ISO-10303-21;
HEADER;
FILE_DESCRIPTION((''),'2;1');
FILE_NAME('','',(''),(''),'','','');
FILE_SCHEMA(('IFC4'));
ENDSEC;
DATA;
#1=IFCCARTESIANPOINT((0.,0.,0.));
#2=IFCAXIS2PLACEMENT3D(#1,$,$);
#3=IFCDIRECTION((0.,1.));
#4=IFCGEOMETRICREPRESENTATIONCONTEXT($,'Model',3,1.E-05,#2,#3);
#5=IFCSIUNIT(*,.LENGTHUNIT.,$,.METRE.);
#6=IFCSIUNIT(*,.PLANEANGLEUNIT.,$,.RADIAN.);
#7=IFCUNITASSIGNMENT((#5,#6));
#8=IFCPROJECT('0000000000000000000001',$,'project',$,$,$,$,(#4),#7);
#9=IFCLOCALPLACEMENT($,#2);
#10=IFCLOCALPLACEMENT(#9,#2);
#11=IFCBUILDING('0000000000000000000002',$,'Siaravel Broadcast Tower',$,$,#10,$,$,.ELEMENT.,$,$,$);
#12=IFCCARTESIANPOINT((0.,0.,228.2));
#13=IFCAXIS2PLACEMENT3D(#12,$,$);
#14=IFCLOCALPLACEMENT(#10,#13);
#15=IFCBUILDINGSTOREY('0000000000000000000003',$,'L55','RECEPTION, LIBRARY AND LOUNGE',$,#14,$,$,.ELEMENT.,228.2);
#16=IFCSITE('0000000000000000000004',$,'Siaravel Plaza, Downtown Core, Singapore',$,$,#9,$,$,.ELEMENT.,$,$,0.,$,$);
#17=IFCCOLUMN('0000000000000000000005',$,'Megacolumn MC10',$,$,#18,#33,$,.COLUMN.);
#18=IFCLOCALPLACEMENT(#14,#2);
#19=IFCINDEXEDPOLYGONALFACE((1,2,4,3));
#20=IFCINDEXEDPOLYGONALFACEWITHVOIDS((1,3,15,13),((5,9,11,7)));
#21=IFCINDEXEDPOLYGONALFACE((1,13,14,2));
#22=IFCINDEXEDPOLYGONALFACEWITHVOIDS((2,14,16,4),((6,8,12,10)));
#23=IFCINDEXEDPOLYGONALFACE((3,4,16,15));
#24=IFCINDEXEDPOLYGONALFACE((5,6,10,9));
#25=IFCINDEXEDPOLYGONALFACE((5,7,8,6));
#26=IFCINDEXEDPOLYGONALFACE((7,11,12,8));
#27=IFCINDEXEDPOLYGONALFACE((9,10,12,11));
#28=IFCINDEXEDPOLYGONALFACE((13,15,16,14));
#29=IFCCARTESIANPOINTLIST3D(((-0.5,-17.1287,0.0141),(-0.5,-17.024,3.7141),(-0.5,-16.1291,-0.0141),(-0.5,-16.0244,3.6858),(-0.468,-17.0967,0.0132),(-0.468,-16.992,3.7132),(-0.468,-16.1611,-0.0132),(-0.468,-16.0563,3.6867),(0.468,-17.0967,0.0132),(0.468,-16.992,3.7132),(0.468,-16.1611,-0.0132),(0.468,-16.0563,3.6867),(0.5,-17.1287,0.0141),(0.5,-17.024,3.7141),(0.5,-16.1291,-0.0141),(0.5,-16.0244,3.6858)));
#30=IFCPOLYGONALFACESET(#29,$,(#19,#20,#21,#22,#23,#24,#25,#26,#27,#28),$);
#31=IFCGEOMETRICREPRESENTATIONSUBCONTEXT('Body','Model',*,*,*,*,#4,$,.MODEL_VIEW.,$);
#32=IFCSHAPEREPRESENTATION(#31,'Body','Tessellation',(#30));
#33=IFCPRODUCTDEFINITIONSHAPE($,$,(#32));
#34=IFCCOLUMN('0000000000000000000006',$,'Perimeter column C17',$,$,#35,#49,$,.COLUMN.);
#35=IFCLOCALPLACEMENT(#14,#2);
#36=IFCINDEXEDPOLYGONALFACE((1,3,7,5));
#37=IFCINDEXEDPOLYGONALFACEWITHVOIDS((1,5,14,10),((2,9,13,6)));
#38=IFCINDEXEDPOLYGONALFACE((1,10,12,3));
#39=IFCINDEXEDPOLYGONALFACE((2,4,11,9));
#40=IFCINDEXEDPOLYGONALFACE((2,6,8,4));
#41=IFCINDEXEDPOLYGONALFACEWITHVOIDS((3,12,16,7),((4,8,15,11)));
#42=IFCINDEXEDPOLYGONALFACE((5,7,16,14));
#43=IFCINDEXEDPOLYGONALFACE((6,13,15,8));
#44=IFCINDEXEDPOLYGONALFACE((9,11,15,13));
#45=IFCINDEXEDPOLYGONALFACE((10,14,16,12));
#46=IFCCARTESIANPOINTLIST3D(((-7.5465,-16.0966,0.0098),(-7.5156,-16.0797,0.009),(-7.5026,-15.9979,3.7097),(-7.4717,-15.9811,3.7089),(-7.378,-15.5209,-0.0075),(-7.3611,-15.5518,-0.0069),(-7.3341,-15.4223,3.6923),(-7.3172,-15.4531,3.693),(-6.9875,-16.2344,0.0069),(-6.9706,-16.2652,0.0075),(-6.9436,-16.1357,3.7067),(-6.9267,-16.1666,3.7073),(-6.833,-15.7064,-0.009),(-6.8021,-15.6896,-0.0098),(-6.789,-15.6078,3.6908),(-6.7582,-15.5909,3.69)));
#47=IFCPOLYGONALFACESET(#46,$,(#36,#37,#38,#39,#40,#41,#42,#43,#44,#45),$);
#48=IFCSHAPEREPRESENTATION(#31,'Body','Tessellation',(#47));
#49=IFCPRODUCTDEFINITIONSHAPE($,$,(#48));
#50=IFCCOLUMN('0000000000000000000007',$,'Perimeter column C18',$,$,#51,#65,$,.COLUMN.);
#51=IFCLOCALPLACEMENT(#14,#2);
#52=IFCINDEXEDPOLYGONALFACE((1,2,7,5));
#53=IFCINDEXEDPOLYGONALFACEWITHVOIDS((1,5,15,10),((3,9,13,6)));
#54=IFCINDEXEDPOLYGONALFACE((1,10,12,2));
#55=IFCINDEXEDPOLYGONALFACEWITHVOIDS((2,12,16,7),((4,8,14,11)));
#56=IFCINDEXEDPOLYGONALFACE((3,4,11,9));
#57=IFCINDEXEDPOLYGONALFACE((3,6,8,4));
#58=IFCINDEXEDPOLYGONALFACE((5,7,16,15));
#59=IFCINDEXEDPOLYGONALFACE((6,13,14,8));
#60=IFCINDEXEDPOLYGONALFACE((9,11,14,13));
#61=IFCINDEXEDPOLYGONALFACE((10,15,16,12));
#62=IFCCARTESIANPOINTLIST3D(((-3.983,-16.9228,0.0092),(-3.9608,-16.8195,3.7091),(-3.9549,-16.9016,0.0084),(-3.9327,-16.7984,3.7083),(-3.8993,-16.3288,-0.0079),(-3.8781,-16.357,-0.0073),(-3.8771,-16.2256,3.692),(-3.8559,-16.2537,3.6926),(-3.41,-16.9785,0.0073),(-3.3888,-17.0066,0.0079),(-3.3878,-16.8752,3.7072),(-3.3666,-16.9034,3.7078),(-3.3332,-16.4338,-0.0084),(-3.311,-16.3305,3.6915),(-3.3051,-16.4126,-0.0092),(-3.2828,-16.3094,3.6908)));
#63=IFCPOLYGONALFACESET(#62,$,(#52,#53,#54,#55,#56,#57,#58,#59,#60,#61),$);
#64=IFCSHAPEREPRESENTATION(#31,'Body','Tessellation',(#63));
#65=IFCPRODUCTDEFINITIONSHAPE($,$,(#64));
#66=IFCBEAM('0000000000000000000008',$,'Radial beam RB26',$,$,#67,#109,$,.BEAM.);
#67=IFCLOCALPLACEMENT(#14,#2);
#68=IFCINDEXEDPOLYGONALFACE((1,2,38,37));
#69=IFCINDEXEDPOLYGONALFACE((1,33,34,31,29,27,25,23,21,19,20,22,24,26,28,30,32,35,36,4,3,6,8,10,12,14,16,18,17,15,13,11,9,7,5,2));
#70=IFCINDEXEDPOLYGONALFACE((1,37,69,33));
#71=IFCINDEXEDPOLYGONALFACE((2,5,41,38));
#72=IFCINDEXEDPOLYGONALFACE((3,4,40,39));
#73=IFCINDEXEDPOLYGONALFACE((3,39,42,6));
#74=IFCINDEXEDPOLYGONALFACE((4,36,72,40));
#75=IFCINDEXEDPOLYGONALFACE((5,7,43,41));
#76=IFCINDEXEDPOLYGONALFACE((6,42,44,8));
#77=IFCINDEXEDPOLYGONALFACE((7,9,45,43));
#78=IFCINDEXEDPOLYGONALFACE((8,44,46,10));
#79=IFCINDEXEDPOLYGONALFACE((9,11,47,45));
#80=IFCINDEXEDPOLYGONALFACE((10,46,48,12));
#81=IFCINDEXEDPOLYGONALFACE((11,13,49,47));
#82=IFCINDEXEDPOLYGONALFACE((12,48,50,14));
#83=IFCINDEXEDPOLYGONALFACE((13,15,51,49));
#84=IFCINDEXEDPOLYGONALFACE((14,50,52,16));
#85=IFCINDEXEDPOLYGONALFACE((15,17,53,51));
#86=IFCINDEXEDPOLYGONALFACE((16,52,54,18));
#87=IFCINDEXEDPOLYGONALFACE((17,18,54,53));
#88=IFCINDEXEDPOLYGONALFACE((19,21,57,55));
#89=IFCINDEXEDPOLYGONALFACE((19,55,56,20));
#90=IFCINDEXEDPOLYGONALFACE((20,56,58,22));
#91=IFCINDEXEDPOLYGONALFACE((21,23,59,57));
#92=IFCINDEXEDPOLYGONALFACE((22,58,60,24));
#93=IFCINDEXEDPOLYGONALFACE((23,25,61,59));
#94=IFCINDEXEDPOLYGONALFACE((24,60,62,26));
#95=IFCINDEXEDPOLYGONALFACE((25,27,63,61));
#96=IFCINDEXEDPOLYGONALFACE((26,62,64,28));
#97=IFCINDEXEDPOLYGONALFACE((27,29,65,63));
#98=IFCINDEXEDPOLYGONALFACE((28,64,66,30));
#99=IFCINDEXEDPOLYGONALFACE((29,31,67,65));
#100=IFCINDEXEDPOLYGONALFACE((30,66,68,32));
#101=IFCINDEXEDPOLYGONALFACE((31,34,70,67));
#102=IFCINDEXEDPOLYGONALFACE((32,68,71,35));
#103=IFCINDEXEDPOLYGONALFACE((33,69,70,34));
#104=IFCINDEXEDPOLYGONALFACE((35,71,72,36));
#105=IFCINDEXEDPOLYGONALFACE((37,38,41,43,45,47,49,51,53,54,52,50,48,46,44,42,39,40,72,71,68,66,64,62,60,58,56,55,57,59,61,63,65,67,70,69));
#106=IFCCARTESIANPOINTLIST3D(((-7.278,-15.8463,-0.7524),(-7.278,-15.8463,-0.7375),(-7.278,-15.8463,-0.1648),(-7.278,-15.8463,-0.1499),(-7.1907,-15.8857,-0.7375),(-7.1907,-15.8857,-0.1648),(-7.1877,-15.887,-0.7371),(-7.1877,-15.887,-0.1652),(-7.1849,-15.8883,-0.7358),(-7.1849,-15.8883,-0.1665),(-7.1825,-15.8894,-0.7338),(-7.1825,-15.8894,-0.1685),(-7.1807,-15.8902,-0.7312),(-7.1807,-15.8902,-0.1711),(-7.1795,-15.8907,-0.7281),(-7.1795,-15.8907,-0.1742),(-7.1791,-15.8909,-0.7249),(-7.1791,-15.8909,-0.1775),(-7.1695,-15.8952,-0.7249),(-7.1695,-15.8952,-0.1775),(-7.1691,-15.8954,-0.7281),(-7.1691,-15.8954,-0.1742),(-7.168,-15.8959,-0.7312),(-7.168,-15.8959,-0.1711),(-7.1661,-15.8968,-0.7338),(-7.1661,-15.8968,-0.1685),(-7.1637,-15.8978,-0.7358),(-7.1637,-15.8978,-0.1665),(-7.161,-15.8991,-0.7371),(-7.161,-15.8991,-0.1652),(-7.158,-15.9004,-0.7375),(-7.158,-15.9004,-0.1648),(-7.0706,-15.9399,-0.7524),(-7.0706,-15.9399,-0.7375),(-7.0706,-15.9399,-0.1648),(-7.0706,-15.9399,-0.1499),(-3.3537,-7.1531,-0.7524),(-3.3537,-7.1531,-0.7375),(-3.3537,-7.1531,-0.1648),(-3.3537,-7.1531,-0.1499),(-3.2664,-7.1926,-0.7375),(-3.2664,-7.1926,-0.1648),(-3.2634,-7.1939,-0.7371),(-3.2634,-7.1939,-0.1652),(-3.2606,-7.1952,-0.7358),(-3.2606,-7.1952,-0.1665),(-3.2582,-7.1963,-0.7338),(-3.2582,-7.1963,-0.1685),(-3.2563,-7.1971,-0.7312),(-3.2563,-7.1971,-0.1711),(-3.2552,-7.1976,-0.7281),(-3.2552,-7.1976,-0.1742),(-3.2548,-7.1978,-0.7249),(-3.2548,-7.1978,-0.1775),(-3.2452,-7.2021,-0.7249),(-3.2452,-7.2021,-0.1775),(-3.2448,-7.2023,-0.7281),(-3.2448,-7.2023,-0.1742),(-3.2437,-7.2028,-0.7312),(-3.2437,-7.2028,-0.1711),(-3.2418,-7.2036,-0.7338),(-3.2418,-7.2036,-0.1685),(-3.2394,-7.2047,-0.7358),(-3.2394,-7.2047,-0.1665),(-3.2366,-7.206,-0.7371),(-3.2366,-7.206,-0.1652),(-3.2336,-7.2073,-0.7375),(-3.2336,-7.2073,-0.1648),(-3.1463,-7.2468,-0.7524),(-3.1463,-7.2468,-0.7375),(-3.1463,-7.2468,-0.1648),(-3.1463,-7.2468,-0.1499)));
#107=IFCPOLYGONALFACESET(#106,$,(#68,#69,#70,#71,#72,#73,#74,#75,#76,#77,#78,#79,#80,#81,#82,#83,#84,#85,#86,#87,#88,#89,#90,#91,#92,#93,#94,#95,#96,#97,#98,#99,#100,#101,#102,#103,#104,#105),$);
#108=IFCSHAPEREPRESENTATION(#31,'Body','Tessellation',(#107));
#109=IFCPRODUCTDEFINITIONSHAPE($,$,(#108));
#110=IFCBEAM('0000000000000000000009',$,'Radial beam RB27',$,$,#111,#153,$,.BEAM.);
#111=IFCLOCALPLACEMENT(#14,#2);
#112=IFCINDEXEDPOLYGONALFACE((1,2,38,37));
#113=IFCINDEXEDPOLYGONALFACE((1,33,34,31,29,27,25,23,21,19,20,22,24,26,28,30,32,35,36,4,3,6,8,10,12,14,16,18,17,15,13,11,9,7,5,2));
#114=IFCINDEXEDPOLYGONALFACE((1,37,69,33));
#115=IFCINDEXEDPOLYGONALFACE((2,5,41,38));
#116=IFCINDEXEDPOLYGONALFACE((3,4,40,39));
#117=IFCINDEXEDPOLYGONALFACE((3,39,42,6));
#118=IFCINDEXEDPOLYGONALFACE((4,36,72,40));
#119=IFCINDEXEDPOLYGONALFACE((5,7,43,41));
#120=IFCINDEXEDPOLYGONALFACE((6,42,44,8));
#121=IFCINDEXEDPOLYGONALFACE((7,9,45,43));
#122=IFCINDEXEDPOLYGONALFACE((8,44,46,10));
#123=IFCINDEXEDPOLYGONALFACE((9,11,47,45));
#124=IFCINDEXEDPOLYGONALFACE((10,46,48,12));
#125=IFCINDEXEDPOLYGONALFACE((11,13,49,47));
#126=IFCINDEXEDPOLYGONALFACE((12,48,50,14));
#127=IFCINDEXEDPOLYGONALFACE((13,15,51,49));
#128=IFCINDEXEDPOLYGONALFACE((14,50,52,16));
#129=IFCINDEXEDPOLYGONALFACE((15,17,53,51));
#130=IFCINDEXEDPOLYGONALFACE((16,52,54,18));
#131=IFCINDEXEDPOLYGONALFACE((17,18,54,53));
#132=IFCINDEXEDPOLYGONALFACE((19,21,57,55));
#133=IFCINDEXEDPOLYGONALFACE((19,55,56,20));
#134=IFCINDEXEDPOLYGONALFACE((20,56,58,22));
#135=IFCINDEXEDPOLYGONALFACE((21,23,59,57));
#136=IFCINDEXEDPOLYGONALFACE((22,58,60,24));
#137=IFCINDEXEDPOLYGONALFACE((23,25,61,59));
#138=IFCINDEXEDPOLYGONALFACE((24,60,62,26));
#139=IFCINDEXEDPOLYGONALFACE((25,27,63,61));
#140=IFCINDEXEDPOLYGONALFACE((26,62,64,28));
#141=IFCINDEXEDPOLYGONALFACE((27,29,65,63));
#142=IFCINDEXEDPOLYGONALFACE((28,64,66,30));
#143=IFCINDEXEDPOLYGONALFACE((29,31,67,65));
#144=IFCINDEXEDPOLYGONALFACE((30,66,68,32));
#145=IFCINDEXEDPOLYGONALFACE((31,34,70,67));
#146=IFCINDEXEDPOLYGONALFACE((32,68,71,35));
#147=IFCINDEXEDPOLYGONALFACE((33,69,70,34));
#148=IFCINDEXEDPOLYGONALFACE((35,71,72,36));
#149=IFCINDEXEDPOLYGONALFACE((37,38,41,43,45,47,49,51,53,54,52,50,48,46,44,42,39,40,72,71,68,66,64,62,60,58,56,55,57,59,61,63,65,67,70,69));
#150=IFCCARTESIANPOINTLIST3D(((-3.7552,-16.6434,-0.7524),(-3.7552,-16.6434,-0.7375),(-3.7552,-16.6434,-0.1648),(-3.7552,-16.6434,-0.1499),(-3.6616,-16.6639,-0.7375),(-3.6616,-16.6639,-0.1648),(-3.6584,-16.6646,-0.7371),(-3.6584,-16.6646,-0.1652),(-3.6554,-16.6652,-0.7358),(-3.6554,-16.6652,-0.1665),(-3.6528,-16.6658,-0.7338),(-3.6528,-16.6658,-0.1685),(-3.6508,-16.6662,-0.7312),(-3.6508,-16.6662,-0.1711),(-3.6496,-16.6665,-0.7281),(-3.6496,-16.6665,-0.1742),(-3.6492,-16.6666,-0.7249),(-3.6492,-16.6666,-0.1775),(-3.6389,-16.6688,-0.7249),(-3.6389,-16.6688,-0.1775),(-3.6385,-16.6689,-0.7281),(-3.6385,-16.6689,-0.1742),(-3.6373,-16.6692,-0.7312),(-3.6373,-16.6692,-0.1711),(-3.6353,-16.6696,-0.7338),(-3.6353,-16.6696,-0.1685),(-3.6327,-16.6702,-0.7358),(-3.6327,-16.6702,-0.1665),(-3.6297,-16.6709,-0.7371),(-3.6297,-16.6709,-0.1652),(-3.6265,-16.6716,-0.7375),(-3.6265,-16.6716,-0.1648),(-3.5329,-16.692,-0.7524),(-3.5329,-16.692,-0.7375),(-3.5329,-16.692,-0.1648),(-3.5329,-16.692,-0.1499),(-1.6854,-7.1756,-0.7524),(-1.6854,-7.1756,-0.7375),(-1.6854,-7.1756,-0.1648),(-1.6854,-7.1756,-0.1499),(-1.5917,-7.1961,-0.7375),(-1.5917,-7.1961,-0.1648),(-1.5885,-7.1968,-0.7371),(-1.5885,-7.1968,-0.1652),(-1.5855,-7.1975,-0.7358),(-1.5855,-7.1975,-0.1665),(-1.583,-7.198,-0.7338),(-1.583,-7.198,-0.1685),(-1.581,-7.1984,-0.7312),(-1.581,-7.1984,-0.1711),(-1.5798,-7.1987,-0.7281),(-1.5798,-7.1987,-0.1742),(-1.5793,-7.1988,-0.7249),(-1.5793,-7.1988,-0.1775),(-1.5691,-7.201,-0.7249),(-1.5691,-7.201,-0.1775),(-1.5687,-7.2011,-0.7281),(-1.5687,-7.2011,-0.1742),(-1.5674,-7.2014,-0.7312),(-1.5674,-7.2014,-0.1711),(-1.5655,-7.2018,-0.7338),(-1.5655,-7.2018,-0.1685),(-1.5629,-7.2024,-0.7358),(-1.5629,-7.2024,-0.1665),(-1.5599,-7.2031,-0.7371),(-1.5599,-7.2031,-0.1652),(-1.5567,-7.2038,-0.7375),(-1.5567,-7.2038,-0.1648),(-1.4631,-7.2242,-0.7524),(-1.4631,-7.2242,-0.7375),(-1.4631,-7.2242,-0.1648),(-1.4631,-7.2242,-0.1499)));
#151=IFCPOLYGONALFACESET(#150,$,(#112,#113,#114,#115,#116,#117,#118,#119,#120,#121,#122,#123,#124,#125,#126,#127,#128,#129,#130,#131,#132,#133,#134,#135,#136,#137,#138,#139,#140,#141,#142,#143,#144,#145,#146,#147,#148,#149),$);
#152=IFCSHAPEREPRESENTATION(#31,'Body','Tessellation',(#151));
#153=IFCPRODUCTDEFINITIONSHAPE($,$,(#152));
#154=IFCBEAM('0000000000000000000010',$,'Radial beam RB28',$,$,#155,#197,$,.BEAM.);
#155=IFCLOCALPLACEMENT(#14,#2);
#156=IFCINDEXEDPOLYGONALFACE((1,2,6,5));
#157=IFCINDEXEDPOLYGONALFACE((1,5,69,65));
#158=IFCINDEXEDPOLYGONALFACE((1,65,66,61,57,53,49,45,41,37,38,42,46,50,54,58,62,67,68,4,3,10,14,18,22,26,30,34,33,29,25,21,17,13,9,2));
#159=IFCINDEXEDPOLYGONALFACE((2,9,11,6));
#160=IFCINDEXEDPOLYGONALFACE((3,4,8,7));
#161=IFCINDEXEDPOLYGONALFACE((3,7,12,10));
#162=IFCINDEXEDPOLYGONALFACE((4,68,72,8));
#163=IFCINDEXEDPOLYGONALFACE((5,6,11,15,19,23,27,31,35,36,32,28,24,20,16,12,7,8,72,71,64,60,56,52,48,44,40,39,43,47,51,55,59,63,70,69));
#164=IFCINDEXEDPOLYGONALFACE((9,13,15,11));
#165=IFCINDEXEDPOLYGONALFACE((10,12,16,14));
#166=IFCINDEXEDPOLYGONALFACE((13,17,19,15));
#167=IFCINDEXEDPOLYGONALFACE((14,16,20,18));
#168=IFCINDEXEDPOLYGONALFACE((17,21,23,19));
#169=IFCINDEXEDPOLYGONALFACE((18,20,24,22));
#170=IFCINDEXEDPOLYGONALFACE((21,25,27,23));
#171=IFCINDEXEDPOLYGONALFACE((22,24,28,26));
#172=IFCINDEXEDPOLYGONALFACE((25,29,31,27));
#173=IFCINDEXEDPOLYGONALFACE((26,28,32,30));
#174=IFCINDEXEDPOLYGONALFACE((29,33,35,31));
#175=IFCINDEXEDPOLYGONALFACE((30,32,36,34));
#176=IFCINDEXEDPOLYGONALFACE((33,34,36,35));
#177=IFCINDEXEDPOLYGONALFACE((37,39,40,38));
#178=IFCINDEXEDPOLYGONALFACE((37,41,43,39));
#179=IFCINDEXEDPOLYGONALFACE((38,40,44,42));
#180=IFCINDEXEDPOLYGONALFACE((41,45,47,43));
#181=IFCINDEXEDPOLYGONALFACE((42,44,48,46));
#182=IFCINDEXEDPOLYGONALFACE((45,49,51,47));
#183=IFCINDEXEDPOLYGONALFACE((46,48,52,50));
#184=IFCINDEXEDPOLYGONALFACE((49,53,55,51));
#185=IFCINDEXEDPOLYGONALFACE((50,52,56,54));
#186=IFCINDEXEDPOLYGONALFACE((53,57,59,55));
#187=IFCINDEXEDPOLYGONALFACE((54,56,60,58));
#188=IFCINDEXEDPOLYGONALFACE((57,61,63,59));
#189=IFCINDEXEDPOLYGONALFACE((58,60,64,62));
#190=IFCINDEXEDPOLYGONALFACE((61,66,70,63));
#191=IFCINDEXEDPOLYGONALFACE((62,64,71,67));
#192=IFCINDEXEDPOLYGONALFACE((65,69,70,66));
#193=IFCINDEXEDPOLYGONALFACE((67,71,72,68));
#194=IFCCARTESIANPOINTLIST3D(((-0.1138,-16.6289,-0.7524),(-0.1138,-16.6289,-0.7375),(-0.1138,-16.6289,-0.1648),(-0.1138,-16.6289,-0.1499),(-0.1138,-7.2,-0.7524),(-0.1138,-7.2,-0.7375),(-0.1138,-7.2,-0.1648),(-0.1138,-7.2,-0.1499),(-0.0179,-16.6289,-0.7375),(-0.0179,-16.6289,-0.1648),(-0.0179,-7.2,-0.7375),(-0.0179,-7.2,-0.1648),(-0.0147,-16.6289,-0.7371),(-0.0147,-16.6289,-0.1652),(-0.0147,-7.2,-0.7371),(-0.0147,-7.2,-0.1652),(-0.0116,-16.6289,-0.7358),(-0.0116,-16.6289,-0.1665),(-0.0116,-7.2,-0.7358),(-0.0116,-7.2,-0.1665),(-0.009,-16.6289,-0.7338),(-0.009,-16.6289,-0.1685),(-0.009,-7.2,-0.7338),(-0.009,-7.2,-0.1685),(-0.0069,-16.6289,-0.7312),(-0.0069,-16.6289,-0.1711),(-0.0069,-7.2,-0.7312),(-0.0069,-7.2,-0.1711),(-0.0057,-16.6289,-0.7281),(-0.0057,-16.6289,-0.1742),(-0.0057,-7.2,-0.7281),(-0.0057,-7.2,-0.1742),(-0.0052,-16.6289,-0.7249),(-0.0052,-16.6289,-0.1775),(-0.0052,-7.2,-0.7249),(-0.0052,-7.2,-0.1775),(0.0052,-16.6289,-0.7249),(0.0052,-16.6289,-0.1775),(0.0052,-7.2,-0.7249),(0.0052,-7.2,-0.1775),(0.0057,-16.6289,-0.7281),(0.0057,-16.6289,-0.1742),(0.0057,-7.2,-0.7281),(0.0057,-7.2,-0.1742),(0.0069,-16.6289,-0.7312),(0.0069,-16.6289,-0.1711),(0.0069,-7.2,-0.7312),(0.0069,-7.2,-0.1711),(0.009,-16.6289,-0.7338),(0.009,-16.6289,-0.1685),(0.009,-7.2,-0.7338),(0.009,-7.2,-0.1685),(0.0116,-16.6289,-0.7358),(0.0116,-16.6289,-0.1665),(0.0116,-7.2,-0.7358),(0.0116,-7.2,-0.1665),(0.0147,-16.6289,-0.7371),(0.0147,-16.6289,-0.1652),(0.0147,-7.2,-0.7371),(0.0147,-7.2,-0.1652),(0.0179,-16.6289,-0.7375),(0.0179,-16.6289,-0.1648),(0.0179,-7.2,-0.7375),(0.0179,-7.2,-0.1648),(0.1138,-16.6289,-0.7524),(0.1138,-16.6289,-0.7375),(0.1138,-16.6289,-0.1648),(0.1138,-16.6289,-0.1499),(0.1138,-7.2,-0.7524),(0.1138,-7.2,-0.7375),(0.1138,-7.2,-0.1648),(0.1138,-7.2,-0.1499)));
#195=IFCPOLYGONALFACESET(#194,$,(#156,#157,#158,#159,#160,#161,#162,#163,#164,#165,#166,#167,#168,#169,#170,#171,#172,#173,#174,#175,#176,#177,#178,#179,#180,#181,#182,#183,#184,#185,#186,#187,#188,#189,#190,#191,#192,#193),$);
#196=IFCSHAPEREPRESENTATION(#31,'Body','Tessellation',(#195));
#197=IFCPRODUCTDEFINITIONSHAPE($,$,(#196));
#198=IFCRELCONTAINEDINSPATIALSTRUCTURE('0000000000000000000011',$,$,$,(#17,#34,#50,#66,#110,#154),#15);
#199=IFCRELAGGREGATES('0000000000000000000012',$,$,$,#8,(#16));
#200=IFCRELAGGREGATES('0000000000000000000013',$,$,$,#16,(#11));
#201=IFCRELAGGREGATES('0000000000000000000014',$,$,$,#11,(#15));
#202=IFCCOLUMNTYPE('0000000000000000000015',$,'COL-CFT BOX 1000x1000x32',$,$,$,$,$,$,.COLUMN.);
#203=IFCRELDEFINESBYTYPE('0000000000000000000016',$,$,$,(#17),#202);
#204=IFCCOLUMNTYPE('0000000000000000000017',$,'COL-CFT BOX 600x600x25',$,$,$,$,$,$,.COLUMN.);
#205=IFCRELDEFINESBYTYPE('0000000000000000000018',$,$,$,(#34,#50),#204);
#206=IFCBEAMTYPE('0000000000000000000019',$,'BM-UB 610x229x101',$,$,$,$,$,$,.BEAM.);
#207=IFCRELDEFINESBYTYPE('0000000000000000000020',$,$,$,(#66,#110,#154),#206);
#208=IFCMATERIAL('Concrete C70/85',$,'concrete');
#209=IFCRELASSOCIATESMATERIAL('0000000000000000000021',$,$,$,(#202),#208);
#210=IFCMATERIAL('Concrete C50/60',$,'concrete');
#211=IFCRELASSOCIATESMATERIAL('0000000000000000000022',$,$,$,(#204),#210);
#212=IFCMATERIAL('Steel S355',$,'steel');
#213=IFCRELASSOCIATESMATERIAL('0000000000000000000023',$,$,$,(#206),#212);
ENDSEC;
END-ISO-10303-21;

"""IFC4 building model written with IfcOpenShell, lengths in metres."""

from ifc_helpers import new_model, si_unit, direction, frame, origin, origin_2d, place, context, subcontext, project, spatial, hollow_rectangle, i_section, extrude, material, material_profile, profile_set, type_object, element, save


model = new_model("IFC4")

# Units and contexts
model_context = context("Model", 3, precision=1e-05, world=origin(), true_north=direction((0.0, 1.0)))
body_context = subcontext(model_context, "Body", "Model", "MODEL_VIEW")
ifc_project = project(units=[si_unit("LENGTHUNIT", "METRE"), si_unit("PLANEANGLEUNIT", "RADIAN")], contexts=[model_context])

# Site, building, storey
site_placement = place(None, origin())
site = spatial("IfcSite", under=ifc_project, at=site_placement, Name="Siaravel Plaza, Downtown Core, Singapore", CompositionType="ELEMENT", RefElevation=0.0)
building_placement = place(site_placement, origin())
building = spatial("IfcBuilding", under=site, at=building_placement, Name="Siaravel Broadcast Tower", CompositionType="ELEMENT")
storey_placement = place(building_placement, frame((0.0, 0.0, 228.2)))
storey = spatial("IfcBuildingStorey", under=building, at=storey_placement, Name="L55", Description="RECEPTION, LIBRARY AND LOUNGE", CompositionType="ELEMENT", Elevation=228.2)

# Columns
ifc_material_1 = material(Name="Concrete C70/85", Category="concrete")
ifc_material_profile_1 = material_profile(ifc_material_1, hollow_rectangle(XDim=1.0, YDim=1.0, WallThickness=0.032, at=origin_2d()))
ifc_profile_set_1 = profile_set([ifc_material_profile_1], Name="Concrete C70/85")
column_type_1 = type_object("IfcColumnType", Name="COL-CFT BOX 1000x1000x32", PredefinedType="COLUMN", material=ifc_profile_set_1)
column_placement = place(storey_placement, frame((0.0, -16.6289, 0.0), z_axis=(0.0, 0.028296, 0.9996), x_axis=(-1.0, 0.0, 0.0)))
element("IfcColumn", 1, at=column_placement, inside=storey, type_object=column_type_1, Name="Megacolumn MC10", PredefinedType="COLUMN", context=body_context, shape_type="SweptSolid", body=[
    extrude(hollow_rectangle(XDim=1.0, YDim=1.0, WallThickness=0.032, at=origin_2d()), origin(), (0.0, 0.0, 1.0), 3.7014),
])
ifc_material_2 = material(Name="Concrete C50/60", Category="concrete")
ifc_material_profile_2 = material_profile(ifc_material_2, hollow_rectangle(XDim=0.6001, YDim=0.6001, WallThickness=0.0249, at=origin_2d()))
ifc_profile_set_2 = profile_set([ifc_material_profile_2], Name="Concrete C50/60")
column_type_2 = type_object("IfcColumnType", Name="COL-CFT BOX 600x600x25", PredefinedType="COLUMN", material=ifc_profile_set_2)
for number, where, z_axis, x_axis, name in (
    (2, (-7.1743, -15.8931, 0.0), (0.011872, 0.026647, 0.999574), (-0.959679, 0.281072, 0.003906), "Perimeter column C17"),
    (3, (-3.644, -16.6677, 0.0), (0.006002, 0.0279, 0.999593), (-0.990196, 0.139668, 0.002047), "Perimeter column C18"),
):
    element("IfcColumn", number, at=place(storey_placement, frame(where, z_axis=z_axis, x_axis=x_axis)), inside=storey, type_object=column_type_2, Name=name, PredefinedType="COLUMN", context=body_context, shape_type="SweptSolid", body=[
        extrude(hollow_rectangle(XDim=0.6001, YDim=0.6001, WallThickness=0.0249, at=origin_2d()), origin(), (0.0, 0.0, 1.0), 3.7014),
    ])

# Beams
ifc_material_3 = material(Name="Steel S355", Category="steel")
ifc_material_profile_3 = material_profile(ifc_material_3, i_section(OverallWidth=0.2275, OverallDepth=0.6025, WebThickness=0.0105, FlangeThickness=0.0149, FilletRadius=0.0127, at=origin_2d()))
ifc_profile_set_3 = profile_set([ifc_material_profile_3], Name="Steel S355")
beam_type = type_object("IfcBeamType", Name="BM-UB 610x229x101", PredefinedType="BEAM", material=ifc_profile_set_3)
beam_1_placement = place(storey_placement, frame((-7.1743, -15.8931, -0.4512), z_axis=(0.411447, 0.911434, 0.0), x_axis=(-0.911434, 0.411447, 0.0)))
element("IfcBeam", 4, at=beam_1_placement, inside=storey, type_object=beam_type, Name="Radial beam RB26", PredefinedType="BEAM", context=body_context, shape_type="SweptSolid", body=[
    extrude(i_section(OverallWidth=0.2275, OverallDepth=0.6025, WebThickness=0.0105, FlangeThickness=0.0149, FilletRadius=0.0127, at=origin_2d()), origin(), (0.0, 0.0, 1.0), 9.5378),
])
beam_2_placement = place(storey_placement, frame((-3.644, -16.6677, -0.4512), z_axis=(0.213574, 0.976927, 0.0), x_axis=(-0.976927, 0.213574, 0.0)))
element("IfcBeam", 5, at=beam_2_placement, inside=storey, type_object=beam_type, Name="Radial beam RB27", PredefinedType="BEAM", context=body_context, shape_type="SweptSolid", body=[
    extrude(i_section(OverallWidth=0.2275, OverallDepth=0.6025, WebThickness=0.0105, FlangeThickness=0.0149, FilletRadius=0.0127, at=origin_2d()), origin(), (0.0, 0.0, 1.0), 9.6914),
])
beam_3_placement = place(storey_placement, frame((0.0, -16.6289, -0.4512), z_axis=(0.0, 1.0, 0.0), x_axis=(-1.0, 0.0, 0.0)))
element("IfcBeam", 6, at=beam_3_placement, inside=storey, type_object=beam_type, Name="Radial beam RB28", PredefinedType="BEAM", context=body_context, shape_type="SweptSolid", body=[
    extrude(i_section(OverallWidth=0.2275, OverallDepth=0.6025, WebThickness=0.0105, FlangeThickness=0.0149, FilletRadius=0.0127, at=origin_2d()), origin(), (0.0, 0.0, 1.0), 9.429),
])

save(model, "model.ifc")
